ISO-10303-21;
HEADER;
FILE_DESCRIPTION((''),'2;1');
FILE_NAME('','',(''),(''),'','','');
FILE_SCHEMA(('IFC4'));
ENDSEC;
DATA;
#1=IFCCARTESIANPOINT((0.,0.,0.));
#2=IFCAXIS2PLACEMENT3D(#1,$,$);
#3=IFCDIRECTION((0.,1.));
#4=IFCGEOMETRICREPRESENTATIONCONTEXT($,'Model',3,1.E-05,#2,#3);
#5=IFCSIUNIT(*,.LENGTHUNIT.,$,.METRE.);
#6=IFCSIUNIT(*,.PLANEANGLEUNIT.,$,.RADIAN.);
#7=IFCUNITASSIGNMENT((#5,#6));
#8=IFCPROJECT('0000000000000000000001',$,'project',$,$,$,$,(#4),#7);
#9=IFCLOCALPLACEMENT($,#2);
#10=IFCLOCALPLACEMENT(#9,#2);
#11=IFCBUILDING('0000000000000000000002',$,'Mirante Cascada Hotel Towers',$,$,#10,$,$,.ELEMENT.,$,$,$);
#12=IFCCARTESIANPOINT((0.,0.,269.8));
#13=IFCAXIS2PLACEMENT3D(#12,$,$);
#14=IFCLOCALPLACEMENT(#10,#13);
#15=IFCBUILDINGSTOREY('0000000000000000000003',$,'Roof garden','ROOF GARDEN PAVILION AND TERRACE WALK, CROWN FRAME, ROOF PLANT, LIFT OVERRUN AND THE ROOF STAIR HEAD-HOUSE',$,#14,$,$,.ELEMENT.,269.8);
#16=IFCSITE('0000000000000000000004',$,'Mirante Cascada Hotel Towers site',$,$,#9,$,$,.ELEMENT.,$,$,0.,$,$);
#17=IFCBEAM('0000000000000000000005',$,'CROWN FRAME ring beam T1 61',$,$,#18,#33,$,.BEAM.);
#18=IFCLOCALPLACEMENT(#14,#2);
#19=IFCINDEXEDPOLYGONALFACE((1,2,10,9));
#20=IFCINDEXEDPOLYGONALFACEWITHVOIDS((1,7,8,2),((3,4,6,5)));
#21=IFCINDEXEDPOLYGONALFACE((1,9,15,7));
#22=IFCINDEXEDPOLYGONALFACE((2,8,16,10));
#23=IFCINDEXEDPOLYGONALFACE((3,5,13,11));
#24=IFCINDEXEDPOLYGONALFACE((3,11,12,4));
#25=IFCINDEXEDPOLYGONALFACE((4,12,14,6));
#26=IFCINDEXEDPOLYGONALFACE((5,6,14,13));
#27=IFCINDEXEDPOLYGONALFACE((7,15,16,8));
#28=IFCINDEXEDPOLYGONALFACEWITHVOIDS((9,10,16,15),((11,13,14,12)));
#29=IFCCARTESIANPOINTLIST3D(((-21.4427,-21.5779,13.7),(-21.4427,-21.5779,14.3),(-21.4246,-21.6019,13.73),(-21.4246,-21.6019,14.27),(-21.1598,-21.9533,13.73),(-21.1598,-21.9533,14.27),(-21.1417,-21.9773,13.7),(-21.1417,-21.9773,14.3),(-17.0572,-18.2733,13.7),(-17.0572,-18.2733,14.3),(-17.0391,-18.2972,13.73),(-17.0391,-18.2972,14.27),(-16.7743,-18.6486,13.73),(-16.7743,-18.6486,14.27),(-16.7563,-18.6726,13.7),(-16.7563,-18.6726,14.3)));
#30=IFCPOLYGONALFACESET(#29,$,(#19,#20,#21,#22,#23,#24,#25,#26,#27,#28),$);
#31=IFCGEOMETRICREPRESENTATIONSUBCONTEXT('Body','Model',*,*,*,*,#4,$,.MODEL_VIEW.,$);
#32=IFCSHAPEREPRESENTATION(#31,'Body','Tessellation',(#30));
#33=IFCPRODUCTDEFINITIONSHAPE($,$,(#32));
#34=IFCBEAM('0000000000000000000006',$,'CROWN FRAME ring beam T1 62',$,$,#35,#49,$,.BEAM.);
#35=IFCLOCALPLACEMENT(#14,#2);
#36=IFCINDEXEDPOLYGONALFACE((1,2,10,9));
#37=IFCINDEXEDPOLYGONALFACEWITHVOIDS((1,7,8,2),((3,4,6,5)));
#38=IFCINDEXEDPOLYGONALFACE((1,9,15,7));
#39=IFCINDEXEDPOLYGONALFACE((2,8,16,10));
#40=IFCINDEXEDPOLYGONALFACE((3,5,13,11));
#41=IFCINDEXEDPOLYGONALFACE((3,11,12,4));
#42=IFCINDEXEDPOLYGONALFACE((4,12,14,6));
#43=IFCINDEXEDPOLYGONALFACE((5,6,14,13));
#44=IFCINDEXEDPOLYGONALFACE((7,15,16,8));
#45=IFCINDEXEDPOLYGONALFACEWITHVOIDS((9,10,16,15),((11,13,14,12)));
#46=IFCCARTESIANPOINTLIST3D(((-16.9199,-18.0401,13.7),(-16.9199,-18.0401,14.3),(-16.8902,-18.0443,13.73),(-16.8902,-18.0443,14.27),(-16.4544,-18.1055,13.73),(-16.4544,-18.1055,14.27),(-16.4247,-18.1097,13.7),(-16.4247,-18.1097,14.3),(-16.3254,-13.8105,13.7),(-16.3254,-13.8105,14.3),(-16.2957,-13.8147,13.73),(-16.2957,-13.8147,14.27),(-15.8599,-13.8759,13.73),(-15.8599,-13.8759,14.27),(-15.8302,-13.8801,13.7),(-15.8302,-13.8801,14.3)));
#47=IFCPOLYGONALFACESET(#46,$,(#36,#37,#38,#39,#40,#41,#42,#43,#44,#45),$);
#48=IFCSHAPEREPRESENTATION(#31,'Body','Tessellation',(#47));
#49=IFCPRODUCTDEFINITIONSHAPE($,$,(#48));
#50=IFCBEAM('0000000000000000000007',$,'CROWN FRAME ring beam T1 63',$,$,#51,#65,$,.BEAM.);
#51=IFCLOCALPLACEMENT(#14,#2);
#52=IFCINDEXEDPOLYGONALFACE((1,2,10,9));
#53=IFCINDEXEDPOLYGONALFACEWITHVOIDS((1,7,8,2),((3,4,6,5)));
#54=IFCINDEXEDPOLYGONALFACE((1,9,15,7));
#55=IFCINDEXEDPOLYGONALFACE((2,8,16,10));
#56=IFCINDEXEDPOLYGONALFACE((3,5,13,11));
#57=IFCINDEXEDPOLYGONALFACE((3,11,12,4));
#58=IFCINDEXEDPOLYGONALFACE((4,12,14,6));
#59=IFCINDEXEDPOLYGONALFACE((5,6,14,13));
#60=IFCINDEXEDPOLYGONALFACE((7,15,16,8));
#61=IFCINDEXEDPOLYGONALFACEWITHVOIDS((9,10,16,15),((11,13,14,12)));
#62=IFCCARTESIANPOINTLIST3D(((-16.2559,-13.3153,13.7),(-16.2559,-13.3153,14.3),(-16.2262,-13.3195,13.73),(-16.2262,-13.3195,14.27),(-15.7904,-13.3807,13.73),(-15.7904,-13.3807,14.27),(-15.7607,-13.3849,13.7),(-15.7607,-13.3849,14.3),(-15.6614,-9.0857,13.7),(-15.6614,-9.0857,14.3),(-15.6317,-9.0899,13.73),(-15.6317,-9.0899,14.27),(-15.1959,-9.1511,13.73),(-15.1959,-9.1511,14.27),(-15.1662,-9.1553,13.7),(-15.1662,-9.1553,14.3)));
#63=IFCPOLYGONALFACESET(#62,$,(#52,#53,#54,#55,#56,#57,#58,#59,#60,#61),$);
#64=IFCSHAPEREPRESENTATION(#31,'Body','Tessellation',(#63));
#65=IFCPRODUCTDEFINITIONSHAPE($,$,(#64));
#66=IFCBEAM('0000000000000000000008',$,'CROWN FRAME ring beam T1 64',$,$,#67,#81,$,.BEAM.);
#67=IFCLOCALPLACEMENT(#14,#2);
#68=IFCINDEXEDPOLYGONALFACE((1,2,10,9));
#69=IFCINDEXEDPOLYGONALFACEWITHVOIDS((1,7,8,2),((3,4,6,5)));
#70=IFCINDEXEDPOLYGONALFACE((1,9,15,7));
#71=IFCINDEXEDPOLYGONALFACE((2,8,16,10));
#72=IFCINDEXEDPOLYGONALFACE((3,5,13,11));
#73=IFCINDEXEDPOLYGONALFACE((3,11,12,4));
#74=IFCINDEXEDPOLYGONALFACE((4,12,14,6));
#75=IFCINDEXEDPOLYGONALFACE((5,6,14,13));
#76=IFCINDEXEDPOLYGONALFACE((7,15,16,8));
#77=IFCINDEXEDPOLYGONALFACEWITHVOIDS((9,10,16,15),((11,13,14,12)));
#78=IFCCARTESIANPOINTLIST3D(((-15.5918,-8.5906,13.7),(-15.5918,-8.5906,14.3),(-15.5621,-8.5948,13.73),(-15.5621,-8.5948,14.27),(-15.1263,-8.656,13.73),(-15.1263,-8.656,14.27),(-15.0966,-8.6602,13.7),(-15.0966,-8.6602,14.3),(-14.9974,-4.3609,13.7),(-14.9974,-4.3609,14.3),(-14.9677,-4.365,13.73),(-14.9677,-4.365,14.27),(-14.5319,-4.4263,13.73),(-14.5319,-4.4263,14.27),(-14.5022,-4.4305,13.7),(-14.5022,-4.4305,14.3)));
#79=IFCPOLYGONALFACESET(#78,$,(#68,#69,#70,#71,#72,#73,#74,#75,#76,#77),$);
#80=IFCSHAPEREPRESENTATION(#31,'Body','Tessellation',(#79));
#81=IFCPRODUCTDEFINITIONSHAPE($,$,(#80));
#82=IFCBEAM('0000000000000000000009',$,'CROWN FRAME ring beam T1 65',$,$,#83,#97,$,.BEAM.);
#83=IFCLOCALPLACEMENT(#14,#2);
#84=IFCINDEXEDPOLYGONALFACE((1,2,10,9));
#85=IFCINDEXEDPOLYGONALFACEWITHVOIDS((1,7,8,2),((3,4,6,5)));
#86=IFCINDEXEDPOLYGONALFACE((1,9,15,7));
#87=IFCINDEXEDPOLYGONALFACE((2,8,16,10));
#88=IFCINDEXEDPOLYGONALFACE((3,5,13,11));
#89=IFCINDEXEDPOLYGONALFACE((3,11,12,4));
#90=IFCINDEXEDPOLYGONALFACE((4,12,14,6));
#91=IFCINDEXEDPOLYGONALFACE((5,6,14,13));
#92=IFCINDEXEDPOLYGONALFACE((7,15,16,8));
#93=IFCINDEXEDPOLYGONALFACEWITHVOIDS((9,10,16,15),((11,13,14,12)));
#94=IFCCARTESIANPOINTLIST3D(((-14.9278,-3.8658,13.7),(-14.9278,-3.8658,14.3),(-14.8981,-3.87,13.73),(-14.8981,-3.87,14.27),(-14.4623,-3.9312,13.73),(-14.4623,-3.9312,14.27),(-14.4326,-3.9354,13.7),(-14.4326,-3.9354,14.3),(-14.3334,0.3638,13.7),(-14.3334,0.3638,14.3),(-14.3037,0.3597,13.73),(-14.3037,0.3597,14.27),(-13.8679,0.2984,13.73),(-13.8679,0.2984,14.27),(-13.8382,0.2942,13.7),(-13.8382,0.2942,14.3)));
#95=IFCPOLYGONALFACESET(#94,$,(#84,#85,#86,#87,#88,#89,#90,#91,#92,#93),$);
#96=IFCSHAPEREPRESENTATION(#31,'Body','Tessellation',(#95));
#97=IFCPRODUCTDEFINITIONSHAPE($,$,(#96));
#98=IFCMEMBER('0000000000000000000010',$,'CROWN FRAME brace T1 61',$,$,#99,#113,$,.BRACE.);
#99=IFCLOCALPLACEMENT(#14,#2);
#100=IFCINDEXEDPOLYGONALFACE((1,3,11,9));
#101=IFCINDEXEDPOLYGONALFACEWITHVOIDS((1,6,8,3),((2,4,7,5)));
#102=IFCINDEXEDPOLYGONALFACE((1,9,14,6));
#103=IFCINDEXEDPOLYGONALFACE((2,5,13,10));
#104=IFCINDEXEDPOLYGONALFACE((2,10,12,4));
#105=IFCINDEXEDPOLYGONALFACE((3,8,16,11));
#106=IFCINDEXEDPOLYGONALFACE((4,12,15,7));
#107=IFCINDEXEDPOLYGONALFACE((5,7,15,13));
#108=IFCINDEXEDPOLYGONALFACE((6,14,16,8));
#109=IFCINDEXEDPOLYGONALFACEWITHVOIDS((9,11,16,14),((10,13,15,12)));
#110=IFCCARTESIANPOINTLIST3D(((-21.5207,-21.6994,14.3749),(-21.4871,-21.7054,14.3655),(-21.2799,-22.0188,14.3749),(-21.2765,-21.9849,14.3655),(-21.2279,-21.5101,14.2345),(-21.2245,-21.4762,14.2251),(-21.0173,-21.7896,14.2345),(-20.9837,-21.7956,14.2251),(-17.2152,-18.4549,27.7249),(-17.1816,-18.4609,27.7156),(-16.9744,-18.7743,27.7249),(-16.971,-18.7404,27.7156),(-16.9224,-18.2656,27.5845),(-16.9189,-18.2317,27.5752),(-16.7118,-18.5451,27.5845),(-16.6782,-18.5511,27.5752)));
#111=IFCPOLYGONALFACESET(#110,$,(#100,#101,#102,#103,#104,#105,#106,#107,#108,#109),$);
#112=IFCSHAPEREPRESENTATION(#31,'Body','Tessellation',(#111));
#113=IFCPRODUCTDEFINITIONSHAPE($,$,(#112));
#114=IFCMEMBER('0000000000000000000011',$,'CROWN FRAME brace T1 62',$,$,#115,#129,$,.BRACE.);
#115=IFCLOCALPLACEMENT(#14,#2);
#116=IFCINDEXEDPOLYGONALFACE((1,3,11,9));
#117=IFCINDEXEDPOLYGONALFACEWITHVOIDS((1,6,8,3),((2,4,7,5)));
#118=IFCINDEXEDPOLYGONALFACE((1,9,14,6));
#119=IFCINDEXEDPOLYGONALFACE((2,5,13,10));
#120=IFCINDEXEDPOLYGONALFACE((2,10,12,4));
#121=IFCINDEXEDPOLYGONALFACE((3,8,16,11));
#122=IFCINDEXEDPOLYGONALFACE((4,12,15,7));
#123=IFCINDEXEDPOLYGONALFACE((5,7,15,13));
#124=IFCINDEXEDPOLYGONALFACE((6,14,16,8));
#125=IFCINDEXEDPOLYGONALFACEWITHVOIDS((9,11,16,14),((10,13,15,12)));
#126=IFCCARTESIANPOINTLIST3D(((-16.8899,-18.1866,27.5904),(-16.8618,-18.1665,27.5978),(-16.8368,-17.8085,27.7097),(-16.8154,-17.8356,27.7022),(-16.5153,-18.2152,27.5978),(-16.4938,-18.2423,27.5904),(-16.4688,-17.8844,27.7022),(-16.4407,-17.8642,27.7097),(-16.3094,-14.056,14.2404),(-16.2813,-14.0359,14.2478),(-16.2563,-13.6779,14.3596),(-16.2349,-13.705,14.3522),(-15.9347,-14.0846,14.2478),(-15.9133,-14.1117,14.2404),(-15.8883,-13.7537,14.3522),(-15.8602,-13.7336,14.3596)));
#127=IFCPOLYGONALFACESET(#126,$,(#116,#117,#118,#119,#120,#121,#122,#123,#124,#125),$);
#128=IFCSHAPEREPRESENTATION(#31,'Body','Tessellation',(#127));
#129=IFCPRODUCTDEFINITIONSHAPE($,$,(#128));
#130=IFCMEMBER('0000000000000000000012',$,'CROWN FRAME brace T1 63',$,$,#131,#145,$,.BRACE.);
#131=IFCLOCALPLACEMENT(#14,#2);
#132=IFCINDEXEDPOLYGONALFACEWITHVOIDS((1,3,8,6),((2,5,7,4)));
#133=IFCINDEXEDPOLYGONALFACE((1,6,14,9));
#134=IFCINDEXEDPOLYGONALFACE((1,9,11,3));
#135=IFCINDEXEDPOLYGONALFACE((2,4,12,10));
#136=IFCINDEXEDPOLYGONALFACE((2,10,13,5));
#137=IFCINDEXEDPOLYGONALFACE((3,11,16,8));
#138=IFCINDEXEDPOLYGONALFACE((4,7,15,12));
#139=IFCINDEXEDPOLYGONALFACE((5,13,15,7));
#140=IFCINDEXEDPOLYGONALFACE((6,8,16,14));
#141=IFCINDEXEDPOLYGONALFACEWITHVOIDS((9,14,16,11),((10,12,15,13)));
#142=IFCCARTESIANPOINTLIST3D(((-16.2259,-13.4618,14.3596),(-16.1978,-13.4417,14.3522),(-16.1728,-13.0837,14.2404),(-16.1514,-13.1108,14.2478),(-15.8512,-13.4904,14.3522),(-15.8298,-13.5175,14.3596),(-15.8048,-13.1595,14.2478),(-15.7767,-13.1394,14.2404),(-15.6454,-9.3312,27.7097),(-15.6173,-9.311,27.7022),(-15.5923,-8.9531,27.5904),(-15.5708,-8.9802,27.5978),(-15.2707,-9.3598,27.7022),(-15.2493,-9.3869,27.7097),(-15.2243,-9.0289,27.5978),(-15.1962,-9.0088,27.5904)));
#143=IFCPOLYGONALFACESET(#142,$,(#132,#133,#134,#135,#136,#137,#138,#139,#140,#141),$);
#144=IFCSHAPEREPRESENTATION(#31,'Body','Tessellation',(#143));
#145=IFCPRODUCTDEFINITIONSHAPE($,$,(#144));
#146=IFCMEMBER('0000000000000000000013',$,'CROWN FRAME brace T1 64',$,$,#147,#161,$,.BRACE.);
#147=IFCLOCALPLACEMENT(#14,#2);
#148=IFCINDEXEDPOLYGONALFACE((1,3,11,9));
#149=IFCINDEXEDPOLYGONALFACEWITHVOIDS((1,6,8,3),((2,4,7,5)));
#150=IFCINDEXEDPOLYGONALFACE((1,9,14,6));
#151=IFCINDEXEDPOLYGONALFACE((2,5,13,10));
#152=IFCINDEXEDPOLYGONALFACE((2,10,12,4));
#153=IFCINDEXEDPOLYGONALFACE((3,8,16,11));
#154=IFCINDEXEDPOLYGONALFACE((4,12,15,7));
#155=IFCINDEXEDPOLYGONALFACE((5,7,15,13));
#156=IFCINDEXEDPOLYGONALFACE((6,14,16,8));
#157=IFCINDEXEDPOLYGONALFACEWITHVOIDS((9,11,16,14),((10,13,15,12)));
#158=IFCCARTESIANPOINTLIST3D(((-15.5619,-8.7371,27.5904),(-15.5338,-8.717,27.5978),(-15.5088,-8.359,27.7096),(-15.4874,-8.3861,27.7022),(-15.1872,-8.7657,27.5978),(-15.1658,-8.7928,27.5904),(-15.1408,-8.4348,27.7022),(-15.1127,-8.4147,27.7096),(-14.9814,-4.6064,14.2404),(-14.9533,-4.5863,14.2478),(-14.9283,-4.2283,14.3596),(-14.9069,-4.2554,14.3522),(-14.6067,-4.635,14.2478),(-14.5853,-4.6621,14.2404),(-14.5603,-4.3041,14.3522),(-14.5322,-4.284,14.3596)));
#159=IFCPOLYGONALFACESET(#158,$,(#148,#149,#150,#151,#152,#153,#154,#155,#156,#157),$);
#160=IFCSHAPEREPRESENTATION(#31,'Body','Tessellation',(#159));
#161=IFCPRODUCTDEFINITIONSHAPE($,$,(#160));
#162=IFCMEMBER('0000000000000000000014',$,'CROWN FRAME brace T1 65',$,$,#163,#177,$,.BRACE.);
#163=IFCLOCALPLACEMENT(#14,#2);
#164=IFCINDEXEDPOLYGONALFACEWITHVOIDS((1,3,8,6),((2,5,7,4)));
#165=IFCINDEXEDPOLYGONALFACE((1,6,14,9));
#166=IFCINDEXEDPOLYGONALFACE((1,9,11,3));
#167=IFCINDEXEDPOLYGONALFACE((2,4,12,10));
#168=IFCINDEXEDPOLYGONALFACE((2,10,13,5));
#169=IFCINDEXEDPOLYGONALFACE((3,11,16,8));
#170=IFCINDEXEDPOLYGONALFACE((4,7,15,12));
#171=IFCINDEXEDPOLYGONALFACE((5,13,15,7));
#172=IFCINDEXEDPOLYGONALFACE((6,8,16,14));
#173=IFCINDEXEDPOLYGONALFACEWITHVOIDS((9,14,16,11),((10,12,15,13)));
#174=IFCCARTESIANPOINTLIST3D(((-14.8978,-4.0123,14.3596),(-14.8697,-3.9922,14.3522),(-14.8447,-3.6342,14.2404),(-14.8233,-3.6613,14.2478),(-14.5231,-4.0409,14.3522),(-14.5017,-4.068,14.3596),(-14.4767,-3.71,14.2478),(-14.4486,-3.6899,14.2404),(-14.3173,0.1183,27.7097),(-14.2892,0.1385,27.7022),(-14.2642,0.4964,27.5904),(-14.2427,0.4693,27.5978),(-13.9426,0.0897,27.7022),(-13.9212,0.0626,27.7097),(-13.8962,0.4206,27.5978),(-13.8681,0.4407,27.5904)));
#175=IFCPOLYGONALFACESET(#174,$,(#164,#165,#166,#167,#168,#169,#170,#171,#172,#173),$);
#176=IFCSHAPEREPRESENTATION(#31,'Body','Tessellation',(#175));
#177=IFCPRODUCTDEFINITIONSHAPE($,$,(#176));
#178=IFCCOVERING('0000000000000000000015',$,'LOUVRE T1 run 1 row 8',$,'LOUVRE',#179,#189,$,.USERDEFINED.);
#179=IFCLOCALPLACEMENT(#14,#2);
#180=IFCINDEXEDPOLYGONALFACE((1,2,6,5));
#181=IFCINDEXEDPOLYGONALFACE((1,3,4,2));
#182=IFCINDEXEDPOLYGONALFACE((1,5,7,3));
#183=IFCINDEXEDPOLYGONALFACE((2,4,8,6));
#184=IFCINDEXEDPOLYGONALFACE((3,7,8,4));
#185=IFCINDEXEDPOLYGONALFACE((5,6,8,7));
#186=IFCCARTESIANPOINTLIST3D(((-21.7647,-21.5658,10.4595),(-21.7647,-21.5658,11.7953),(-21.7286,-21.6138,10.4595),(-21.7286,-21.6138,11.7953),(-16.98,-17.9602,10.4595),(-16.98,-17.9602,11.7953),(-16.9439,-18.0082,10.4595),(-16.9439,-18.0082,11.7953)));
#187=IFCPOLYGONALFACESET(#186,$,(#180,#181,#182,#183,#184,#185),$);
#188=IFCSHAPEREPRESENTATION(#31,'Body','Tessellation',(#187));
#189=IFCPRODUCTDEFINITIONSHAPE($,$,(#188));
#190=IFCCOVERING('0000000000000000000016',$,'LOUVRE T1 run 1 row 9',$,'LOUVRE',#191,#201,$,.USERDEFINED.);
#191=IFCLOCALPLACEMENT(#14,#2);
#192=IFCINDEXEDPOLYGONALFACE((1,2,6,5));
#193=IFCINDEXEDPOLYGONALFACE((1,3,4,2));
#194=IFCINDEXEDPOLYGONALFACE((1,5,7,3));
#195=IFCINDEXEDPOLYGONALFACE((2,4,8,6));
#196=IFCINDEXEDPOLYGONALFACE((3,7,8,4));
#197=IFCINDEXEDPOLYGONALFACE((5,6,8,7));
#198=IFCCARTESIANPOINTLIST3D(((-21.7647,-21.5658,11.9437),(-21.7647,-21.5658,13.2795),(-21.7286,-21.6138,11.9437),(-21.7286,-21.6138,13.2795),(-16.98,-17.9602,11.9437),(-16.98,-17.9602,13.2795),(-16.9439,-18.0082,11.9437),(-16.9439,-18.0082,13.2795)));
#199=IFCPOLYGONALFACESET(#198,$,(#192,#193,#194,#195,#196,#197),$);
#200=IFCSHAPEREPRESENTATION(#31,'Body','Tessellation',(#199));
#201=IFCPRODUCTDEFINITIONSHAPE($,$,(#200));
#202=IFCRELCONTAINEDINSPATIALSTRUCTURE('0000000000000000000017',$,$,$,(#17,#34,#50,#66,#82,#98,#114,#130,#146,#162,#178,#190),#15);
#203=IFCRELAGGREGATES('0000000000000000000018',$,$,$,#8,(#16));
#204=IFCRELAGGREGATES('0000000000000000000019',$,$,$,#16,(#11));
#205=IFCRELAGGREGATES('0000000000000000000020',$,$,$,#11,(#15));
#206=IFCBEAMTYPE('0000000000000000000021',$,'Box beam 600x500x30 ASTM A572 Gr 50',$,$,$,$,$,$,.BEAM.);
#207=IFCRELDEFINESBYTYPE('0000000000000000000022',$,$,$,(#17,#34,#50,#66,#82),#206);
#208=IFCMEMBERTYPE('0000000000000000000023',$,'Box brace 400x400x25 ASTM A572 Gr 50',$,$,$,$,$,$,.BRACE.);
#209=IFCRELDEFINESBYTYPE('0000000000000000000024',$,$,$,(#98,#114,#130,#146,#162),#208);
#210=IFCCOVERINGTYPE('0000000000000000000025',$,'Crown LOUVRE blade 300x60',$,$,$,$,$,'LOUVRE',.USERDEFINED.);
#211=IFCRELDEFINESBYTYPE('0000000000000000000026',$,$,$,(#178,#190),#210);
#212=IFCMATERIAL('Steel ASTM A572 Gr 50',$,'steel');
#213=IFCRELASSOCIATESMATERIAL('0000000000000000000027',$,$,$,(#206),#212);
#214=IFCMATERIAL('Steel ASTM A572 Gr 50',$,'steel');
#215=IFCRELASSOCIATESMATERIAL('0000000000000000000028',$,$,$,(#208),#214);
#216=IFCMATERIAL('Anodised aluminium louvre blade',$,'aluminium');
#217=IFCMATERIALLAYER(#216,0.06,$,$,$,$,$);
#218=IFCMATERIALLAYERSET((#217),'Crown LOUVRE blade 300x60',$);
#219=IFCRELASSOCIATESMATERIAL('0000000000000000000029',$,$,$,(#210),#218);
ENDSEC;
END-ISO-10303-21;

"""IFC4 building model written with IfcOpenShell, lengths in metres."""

from ifc_helpers import new_model, si_unit, direction, frame, origin, origin_2d, place, context, subcontext, project, spatial, rectangle, hollow_rectangle, extrude, material, layer, layer_set, material_profile, profile_set, type_object, element, save


model = new_model("IFC4")

# Units and contexts
model_context = context("Model", 3, precision=1e-05, world=origin(), true_north=direction((0.0, 1.0)))
body_context = subcontext(model_context, "Body", "Model", "MODEL_VIEW")
ifc_project = project(units=[si_unit("LENGTHUNIT", "METRE"), si_unit("PLANEANGLEUNIT", "RADIAN")], contexts=[model_context])

# Site, building, storey
site_placement = place(None, origin())
site = spatial("IfcSite", under=ifc_project, at=site_placement, Name="Mirante Cascada Hotel Towers site", CompositionType="ELEMENT", RefElevation=0.0)
building_placement = place(site_placement, origin())
building = spatial("IfcBuilding", under=site, at=building_placement, Name="Mirante Cascada Hotel Towers", CompositionType="ELEMENT")
storey_placement = place(building_placement, frame((0.0, 0.0, 269.8)))
storey = spatial("IfcBuildingStorey", under=building, at=storey_placement, Name="Roof garden", Description="ROOF GARDEN PAVILION AND TERRACE WALK, CROWN FRAME, ROOF PLANT, LIFT OVERRUN AND THE ROOF STAIR HEAD-HOUSE", CompositionType="ELEMENT", Elevation=269.8)

# Beams
ifc_material_1 = material(Name="Steel ASTM A572 Gr 50", Category="steel")
ifc_material_profile_1 = material_profile(ifc_material_1, hollow_rectangle(XDim=0.5, YDim=0.6, WallThickness=0.03, at=origin_2d()), Name="Box beam 600x500x30 ASTM A572 Gr 50")
ifc_profile_set_1 = profile_set([ifc_material_profile_1], Name="Steel ASTM A572 Gr 50")
beam_type = type_object("IfcBeamType", Name="Box beam 600x500x30 ASTM A572 Gr 50", PredefinedType="BEAM", material=ifc_profile_set_1)
beam_1_placement = place(storey_placement, frame((-21.2922, -21.7776, 14.0), z_axis=(0.798636, 0.601814, 0.0), x_axis=(-0.601814, 0.798636, 0.0)))
element("IfcBeam", 1, at=beam_1_placement, inside=storey, type_object=beam_type, Name="CROWN FRAME ring beam T1 61", PredefinedType="BEAM", context=body_context, shape_type="SweptSolid", body=[
    extrude(hollow_rectangle(XDim=0.5, YDim=0.6, WallThickness=0.03, at=origin_2d()), origin(), (0.0, 0.0, 1.0), 5.4912),
])
for number, where, z_axis, x_axis, name in (
    (2, (-16.6723, -18.0749, 14.0), (0.139189, 0.990266, 0.0), (-0.990266, 0.139189, 0.0), "CROWN FRAME ring beam T1 62"),
    (3, (-16.0083, -13.3501, 14.0), (0.139189, 0.990266, 0.0), (-0.990266, 0.139189, 0.0), "CROWN FRAME ring beam T1 63"),
):
    element("IfcBeam", number, at=place(storey_placement, frame(where, z_axis=z_axis, x_axis=x_axis)), inside=storey, type_object=beam_type, Name=name, PredefinedType="BEAM", context=body_context, shape_type="SweptSolid", body=[
        extrude(hollow_rectangle(XDim=0.5, YDim=0.6, WallThickness=0.03, at=origin_2d()), origin(), (0.0, 0.0, 1.0), 4.2712),
    ])
beam_2_placement = place(storey_placement, frame((-15.3442, -8.6254, 14.0), z_axis=(0.139163, 0.99027, 0.0), x_axis=(-0.99027, 0.139163, 0.0)))
element("IfcBeam", 4, at=beam_2_placement, inside=storey, type_object=beam_type, Name="CROWN FRAME ring beam T1 64", PredefinedType="BEAM", context=body_context, shape_type="SweptSolid", body=[
    extrude(hollow_rectangle(XDim=0.5, YDim=0.6, WallThickness=0.03, at=origin_2d()), origin(), (0.0, 0.0, 1.0), 4.2713),
])
beam_3_placement = place(storey_placement, frame((-14.6802, -3.9006, 14.0), z_axis=(0.139166, 0.990269, 0.0), x_axis=(-0.990269, 0.139166, 0.0)))
element("IfcBeam", 5, at=beam_3_placement, inside=storey, type_object=beam_type, Name="CROWN FRAME ring beam T1 65", PredefinedType="BEAM", context=body_context, shape_type="SweptSolid", body=[
    extrude(hollow_rectangle(XDim=0.5, YDim=0.6, WallThickness=0.03, at=origin_2d()), origin(), (0.0, 0.0, 1.0), 4.2712),
])

# Members
ifc_material_2 = material(Name="Steel ASTM A572 Gr 50", Category="steel")
ifc_material_profile_2 = material_profile(ifc_material_2, hollow_rectangle(XDim=0.4, YDim=0.4, WallThickness=0.025, at=origin_2d()), Name="Box brace 400x400x25 ASTM A572 Gr 50")
ifc_profile_set_2 = profile_set([ifc_material_profile_2], Name="Steel ASTM A572 Gr 50")
member_type = type_object("IfcMemberType", Name="Box brace 400x400x25 ASTM A572 Gr 50", PredefinedType="BRACE", material=ifc_profile_set_2)
member_placement = place(storey_placement, frame((-21.2522, -21.7475, 14.3), z_axis=(0.299046, 0.225352, 0.927247), x_axis=(-0.601824, 0.798629, 0.0)))
element("IfcMember", 6, at=member_placement, inside=storey, type_object=member_type, Name="CROWN FRAME brace T1 61", PredefinedType="BRACE", context=body_context, shape_type="SweptSolid", body=[
    extrude(hollow_rectangle(XDim=0.4, YDim=0.4, WallThickness=0.025, at=origin_2d()), origin(), (0.0, 0.0, 1.0), 14.3975),
])
for number, where, z_axis, x_axis, name in (
    (7, (-16.0848, -13.8948, 14.3), (-0.041504, -0.295328, 0.954494), (0.990269, -0.139169, 0.0), "CROWN FRAME brace T1 62"),
    (8, (-16.0013, -13.3006, 14.3), (0.041504, 0.295328, 0.954494), (-0.990269, 0.139169, 0.0), "CROWN FRAME brace T1 63"),
    (9, (-14.7568, -4.4452, 14.3), (-0.041504, -0.295335, 0.954492), (0.990269, -0.139166, 0.0), "CROWN FRAME brace T1 64"),
    (10, (-14.6732, -3.8511, 14.3), (0.041504, 0.295328, 0.954494), (-0.990269, 0.139169, 0.0), "CROWN FRAME brace T1 65"),
):
    element("IfcMember", number, at=place(storey_placement, frame(where, z_axis=z_axis, x_axis=x_axis)), inside=storey, type_object=member_type, Name=name, PredefinedType="BRACE", context=body_context, shape_type="SweptSolid", body=[
        extrude(hollow_rectangle(XDim=0.4, YDim=0.4, WallThickness=0.025, at=origin_2d()), origin(), (0.0, 0.0, 1.0), 13.9865),
    ])

# Coverings
ifc_material_3 = material(Name="Anodised aluminium louvre blade", Category="aluminium")
ifc_layer_1 = layer(ifc_material_3, 0.06)
ifc_layer_set_1 = layer_set([ifc_layer_1], Name="Crown LOUVRE blade 300x60")
covering_type_1 = type_object("IfcCoveringType", Name="Crown LOUVRE blade 300x60", ElementType="LOUVRE", PredefinedType="USERDEFINED", material=ifc_layer_set_1)
for number, where, z_axis, x_axis, name in (
    (11, (-19.3543, -19.787, 10.4595), (0.0, 0.0, 1.0), (0.798636, 0.601815, 0.0), "LOUVRE T1 run 1 row 8"),
    (12, (-19.3543, -19.787, 11.9437), (0.0, 0.0, 1.0), (0.798636, 0.601815, 0.0), "LOUVRE T1 run 1 row 9"),
):
    element("IfcCovering", number, at=place(storey_placement, frame(where, z_axis=z_axis, x_axis=x_axis)), inside=storey, type_object=covering_type_1, Name=name, ObjectType="LOUVRE", PredefinedType="USERDEFINED", context=body_context, shape_type="SweptSolid", body=[
        extrude(rectangle(XDim=5.9912, YDim=0.06, at=origin_2d()), origin(), (0.0, 0.0, 1.0), 1.3358),
    ])

save(model, "model.ifc")
